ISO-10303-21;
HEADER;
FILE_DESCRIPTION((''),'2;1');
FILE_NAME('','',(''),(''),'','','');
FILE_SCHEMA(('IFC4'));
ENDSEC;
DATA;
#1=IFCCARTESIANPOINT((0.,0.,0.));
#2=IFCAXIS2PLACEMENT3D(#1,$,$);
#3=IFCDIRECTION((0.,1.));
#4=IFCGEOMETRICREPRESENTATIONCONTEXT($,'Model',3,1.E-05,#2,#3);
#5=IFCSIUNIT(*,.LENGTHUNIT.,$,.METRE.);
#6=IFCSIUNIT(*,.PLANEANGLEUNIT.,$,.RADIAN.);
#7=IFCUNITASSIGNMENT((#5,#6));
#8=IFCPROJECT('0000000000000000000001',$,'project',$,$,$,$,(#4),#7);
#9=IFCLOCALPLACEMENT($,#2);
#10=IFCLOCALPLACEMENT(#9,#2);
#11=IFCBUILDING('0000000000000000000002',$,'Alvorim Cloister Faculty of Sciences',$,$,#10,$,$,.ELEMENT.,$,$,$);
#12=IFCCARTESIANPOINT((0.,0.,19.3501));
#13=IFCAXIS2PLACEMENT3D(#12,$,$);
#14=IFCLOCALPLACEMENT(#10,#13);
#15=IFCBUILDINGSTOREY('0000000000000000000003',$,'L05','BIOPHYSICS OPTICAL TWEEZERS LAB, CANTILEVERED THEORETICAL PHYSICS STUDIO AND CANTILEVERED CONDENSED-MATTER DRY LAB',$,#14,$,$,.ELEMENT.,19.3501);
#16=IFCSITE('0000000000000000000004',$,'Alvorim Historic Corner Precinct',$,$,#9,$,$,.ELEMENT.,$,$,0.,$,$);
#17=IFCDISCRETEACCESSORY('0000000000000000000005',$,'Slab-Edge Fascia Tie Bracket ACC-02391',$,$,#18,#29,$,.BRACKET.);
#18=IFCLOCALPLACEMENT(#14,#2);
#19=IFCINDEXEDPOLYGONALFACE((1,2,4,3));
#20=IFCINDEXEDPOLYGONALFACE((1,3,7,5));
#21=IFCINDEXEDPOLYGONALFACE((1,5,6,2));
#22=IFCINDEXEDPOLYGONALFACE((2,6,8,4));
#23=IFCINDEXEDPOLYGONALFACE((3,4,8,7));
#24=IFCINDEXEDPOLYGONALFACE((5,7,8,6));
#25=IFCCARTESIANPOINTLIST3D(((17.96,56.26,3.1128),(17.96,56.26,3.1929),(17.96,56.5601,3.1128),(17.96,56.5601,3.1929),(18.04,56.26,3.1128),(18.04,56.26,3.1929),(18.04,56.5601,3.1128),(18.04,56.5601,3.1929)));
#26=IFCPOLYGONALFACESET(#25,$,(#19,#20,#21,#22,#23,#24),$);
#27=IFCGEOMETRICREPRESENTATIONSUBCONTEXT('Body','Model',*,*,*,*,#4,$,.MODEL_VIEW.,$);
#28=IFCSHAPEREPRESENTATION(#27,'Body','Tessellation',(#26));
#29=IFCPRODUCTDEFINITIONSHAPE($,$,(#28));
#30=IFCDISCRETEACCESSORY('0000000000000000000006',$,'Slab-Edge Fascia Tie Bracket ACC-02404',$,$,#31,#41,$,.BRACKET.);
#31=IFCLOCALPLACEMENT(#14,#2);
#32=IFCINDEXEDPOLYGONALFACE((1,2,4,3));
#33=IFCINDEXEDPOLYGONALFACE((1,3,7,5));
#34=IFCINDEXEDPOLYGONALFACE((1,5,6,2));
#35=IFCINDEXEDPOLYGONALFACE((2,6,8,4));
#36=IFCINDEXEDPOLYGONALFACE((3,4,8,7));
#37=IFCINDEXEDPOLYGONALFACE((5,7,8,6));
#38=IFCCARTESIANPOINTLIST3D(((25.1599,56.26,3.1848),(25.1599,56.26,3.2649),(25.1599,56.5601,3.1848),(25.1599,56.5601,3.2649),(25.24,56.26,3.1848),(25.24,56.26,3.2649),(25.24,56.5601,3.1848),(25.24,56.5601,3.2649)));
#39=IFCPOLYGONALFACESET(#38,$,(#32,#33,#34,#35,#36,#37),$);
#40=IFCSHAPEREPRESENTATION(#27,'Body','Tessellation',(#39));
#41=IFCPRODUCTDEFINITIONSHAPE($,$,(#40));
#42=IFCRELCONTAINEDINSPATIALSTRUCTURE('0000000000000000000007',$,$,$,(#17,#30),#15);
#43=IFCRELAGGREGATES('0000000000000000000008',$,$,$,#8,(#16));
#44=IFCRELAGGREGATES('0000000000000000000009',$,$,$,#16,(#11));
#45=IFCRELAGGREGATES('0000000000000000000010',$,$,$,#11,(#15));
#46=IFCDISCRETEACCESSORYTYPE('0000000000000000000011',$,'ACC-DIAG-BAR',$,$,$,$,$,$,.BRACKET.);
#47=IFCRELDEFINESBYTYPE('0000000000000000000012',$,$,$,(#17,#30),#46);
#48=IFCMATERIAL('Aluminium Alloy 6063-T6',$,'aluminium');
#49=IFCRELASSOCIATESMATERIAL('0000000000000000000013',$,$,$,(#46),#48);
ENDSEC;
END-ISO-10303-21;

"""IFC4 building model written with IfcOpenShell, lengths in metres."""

from ifc_helpers import new_model, si_unit, direction, frame, origin, origin_2d, place, context, subcontext, project, spatial, rectangle, extrude, material, type_object, element, save


model = new_model("IFC4")

# Units and contexts
model_context = context("Model", 3, precision=1e-05, world=origin(), true_north=direction((0.0, 1.0)))
body_context = subcontext(model_context, "Body", "Model", "MODEL_VIEW")
ifc_project = project(units=[si_unit("LENGTHUNIT", "METRE"), si_unit("PLANEANGLEUNIT", "RADIAN")], contexts=[model_context])

# Site, building, storey
site_placement = place(None, origin())
site = spatial("IfcSite", under=ifc_project, at=site_placement, Name="Alvorim Historic Corner Precinct", CompositionType="ELEMENT", RefElevation=0.0)
building_placement = place(site_placement, origin())
building = spatial("IfcBuilding", under=site, at=building_placement, Name="Alvorim Cloister Faculty of Sciences", CompositionType="ELEMENT")
storey_placement = place(building_placement, frame((0.0, 0.0, 19.3501)))
storey = spatial("IfcBuildingStorey", under=building, at=storey_placement, Name="L05", Description="BIOPHYSICS OPTICAL TWEEZERS LAB, CANTILEVERED THEORETICAL PHYSICS STUDIO AND CANTILEVERED CONDENSED-MATTER DRY LAB", CompositionType="ELEMENT", Elevation=19.3501)

# Shared definitions
ifc_material_1 = material(Name="Aluminium Alloy 6063-T6", Category="aluminium")

# Discrete accessories
discrete_accessory_type = type_object("IfcDiscreteAccessoryType", Name="ACC-DIAG-BAR", PredefinedType="BRACKET", material=ifc_material_1)
for number, where, z_axis, x_axis, name in (
    (1, (18.0, 56.26, 3.1528), (0.0, 1.0, 0.0), (-1.0, 0.0, 0.0), "Slab-Edge Fascia Tie Bracket ACC-02391"),
    (2, (25.2, 56.26, 3.2249), (0.0, 1.0, 0.0), (-1.0, 0.0, 0.0), "Slab-Edge Fascia Tie Bracket ACC-02404"),
):
    element("IfcDiscreteAccessory", number, at=place(storey_placement, frame(where, z_axis=z_axis, x_axis=x_axis)), inside=storey, type_object=discrete_accessory_type, Name=name, PredefinedType="BRACKET", context=body_context, shape_type="SweptSolid", body=[
        extrude(rectangle(XDim=0.0801, YDim=0.0801, at=origin_2d()), origin(), (0.0, 0.0, 1.0), 0.3),
    ])

save(model, "model.ifc")
